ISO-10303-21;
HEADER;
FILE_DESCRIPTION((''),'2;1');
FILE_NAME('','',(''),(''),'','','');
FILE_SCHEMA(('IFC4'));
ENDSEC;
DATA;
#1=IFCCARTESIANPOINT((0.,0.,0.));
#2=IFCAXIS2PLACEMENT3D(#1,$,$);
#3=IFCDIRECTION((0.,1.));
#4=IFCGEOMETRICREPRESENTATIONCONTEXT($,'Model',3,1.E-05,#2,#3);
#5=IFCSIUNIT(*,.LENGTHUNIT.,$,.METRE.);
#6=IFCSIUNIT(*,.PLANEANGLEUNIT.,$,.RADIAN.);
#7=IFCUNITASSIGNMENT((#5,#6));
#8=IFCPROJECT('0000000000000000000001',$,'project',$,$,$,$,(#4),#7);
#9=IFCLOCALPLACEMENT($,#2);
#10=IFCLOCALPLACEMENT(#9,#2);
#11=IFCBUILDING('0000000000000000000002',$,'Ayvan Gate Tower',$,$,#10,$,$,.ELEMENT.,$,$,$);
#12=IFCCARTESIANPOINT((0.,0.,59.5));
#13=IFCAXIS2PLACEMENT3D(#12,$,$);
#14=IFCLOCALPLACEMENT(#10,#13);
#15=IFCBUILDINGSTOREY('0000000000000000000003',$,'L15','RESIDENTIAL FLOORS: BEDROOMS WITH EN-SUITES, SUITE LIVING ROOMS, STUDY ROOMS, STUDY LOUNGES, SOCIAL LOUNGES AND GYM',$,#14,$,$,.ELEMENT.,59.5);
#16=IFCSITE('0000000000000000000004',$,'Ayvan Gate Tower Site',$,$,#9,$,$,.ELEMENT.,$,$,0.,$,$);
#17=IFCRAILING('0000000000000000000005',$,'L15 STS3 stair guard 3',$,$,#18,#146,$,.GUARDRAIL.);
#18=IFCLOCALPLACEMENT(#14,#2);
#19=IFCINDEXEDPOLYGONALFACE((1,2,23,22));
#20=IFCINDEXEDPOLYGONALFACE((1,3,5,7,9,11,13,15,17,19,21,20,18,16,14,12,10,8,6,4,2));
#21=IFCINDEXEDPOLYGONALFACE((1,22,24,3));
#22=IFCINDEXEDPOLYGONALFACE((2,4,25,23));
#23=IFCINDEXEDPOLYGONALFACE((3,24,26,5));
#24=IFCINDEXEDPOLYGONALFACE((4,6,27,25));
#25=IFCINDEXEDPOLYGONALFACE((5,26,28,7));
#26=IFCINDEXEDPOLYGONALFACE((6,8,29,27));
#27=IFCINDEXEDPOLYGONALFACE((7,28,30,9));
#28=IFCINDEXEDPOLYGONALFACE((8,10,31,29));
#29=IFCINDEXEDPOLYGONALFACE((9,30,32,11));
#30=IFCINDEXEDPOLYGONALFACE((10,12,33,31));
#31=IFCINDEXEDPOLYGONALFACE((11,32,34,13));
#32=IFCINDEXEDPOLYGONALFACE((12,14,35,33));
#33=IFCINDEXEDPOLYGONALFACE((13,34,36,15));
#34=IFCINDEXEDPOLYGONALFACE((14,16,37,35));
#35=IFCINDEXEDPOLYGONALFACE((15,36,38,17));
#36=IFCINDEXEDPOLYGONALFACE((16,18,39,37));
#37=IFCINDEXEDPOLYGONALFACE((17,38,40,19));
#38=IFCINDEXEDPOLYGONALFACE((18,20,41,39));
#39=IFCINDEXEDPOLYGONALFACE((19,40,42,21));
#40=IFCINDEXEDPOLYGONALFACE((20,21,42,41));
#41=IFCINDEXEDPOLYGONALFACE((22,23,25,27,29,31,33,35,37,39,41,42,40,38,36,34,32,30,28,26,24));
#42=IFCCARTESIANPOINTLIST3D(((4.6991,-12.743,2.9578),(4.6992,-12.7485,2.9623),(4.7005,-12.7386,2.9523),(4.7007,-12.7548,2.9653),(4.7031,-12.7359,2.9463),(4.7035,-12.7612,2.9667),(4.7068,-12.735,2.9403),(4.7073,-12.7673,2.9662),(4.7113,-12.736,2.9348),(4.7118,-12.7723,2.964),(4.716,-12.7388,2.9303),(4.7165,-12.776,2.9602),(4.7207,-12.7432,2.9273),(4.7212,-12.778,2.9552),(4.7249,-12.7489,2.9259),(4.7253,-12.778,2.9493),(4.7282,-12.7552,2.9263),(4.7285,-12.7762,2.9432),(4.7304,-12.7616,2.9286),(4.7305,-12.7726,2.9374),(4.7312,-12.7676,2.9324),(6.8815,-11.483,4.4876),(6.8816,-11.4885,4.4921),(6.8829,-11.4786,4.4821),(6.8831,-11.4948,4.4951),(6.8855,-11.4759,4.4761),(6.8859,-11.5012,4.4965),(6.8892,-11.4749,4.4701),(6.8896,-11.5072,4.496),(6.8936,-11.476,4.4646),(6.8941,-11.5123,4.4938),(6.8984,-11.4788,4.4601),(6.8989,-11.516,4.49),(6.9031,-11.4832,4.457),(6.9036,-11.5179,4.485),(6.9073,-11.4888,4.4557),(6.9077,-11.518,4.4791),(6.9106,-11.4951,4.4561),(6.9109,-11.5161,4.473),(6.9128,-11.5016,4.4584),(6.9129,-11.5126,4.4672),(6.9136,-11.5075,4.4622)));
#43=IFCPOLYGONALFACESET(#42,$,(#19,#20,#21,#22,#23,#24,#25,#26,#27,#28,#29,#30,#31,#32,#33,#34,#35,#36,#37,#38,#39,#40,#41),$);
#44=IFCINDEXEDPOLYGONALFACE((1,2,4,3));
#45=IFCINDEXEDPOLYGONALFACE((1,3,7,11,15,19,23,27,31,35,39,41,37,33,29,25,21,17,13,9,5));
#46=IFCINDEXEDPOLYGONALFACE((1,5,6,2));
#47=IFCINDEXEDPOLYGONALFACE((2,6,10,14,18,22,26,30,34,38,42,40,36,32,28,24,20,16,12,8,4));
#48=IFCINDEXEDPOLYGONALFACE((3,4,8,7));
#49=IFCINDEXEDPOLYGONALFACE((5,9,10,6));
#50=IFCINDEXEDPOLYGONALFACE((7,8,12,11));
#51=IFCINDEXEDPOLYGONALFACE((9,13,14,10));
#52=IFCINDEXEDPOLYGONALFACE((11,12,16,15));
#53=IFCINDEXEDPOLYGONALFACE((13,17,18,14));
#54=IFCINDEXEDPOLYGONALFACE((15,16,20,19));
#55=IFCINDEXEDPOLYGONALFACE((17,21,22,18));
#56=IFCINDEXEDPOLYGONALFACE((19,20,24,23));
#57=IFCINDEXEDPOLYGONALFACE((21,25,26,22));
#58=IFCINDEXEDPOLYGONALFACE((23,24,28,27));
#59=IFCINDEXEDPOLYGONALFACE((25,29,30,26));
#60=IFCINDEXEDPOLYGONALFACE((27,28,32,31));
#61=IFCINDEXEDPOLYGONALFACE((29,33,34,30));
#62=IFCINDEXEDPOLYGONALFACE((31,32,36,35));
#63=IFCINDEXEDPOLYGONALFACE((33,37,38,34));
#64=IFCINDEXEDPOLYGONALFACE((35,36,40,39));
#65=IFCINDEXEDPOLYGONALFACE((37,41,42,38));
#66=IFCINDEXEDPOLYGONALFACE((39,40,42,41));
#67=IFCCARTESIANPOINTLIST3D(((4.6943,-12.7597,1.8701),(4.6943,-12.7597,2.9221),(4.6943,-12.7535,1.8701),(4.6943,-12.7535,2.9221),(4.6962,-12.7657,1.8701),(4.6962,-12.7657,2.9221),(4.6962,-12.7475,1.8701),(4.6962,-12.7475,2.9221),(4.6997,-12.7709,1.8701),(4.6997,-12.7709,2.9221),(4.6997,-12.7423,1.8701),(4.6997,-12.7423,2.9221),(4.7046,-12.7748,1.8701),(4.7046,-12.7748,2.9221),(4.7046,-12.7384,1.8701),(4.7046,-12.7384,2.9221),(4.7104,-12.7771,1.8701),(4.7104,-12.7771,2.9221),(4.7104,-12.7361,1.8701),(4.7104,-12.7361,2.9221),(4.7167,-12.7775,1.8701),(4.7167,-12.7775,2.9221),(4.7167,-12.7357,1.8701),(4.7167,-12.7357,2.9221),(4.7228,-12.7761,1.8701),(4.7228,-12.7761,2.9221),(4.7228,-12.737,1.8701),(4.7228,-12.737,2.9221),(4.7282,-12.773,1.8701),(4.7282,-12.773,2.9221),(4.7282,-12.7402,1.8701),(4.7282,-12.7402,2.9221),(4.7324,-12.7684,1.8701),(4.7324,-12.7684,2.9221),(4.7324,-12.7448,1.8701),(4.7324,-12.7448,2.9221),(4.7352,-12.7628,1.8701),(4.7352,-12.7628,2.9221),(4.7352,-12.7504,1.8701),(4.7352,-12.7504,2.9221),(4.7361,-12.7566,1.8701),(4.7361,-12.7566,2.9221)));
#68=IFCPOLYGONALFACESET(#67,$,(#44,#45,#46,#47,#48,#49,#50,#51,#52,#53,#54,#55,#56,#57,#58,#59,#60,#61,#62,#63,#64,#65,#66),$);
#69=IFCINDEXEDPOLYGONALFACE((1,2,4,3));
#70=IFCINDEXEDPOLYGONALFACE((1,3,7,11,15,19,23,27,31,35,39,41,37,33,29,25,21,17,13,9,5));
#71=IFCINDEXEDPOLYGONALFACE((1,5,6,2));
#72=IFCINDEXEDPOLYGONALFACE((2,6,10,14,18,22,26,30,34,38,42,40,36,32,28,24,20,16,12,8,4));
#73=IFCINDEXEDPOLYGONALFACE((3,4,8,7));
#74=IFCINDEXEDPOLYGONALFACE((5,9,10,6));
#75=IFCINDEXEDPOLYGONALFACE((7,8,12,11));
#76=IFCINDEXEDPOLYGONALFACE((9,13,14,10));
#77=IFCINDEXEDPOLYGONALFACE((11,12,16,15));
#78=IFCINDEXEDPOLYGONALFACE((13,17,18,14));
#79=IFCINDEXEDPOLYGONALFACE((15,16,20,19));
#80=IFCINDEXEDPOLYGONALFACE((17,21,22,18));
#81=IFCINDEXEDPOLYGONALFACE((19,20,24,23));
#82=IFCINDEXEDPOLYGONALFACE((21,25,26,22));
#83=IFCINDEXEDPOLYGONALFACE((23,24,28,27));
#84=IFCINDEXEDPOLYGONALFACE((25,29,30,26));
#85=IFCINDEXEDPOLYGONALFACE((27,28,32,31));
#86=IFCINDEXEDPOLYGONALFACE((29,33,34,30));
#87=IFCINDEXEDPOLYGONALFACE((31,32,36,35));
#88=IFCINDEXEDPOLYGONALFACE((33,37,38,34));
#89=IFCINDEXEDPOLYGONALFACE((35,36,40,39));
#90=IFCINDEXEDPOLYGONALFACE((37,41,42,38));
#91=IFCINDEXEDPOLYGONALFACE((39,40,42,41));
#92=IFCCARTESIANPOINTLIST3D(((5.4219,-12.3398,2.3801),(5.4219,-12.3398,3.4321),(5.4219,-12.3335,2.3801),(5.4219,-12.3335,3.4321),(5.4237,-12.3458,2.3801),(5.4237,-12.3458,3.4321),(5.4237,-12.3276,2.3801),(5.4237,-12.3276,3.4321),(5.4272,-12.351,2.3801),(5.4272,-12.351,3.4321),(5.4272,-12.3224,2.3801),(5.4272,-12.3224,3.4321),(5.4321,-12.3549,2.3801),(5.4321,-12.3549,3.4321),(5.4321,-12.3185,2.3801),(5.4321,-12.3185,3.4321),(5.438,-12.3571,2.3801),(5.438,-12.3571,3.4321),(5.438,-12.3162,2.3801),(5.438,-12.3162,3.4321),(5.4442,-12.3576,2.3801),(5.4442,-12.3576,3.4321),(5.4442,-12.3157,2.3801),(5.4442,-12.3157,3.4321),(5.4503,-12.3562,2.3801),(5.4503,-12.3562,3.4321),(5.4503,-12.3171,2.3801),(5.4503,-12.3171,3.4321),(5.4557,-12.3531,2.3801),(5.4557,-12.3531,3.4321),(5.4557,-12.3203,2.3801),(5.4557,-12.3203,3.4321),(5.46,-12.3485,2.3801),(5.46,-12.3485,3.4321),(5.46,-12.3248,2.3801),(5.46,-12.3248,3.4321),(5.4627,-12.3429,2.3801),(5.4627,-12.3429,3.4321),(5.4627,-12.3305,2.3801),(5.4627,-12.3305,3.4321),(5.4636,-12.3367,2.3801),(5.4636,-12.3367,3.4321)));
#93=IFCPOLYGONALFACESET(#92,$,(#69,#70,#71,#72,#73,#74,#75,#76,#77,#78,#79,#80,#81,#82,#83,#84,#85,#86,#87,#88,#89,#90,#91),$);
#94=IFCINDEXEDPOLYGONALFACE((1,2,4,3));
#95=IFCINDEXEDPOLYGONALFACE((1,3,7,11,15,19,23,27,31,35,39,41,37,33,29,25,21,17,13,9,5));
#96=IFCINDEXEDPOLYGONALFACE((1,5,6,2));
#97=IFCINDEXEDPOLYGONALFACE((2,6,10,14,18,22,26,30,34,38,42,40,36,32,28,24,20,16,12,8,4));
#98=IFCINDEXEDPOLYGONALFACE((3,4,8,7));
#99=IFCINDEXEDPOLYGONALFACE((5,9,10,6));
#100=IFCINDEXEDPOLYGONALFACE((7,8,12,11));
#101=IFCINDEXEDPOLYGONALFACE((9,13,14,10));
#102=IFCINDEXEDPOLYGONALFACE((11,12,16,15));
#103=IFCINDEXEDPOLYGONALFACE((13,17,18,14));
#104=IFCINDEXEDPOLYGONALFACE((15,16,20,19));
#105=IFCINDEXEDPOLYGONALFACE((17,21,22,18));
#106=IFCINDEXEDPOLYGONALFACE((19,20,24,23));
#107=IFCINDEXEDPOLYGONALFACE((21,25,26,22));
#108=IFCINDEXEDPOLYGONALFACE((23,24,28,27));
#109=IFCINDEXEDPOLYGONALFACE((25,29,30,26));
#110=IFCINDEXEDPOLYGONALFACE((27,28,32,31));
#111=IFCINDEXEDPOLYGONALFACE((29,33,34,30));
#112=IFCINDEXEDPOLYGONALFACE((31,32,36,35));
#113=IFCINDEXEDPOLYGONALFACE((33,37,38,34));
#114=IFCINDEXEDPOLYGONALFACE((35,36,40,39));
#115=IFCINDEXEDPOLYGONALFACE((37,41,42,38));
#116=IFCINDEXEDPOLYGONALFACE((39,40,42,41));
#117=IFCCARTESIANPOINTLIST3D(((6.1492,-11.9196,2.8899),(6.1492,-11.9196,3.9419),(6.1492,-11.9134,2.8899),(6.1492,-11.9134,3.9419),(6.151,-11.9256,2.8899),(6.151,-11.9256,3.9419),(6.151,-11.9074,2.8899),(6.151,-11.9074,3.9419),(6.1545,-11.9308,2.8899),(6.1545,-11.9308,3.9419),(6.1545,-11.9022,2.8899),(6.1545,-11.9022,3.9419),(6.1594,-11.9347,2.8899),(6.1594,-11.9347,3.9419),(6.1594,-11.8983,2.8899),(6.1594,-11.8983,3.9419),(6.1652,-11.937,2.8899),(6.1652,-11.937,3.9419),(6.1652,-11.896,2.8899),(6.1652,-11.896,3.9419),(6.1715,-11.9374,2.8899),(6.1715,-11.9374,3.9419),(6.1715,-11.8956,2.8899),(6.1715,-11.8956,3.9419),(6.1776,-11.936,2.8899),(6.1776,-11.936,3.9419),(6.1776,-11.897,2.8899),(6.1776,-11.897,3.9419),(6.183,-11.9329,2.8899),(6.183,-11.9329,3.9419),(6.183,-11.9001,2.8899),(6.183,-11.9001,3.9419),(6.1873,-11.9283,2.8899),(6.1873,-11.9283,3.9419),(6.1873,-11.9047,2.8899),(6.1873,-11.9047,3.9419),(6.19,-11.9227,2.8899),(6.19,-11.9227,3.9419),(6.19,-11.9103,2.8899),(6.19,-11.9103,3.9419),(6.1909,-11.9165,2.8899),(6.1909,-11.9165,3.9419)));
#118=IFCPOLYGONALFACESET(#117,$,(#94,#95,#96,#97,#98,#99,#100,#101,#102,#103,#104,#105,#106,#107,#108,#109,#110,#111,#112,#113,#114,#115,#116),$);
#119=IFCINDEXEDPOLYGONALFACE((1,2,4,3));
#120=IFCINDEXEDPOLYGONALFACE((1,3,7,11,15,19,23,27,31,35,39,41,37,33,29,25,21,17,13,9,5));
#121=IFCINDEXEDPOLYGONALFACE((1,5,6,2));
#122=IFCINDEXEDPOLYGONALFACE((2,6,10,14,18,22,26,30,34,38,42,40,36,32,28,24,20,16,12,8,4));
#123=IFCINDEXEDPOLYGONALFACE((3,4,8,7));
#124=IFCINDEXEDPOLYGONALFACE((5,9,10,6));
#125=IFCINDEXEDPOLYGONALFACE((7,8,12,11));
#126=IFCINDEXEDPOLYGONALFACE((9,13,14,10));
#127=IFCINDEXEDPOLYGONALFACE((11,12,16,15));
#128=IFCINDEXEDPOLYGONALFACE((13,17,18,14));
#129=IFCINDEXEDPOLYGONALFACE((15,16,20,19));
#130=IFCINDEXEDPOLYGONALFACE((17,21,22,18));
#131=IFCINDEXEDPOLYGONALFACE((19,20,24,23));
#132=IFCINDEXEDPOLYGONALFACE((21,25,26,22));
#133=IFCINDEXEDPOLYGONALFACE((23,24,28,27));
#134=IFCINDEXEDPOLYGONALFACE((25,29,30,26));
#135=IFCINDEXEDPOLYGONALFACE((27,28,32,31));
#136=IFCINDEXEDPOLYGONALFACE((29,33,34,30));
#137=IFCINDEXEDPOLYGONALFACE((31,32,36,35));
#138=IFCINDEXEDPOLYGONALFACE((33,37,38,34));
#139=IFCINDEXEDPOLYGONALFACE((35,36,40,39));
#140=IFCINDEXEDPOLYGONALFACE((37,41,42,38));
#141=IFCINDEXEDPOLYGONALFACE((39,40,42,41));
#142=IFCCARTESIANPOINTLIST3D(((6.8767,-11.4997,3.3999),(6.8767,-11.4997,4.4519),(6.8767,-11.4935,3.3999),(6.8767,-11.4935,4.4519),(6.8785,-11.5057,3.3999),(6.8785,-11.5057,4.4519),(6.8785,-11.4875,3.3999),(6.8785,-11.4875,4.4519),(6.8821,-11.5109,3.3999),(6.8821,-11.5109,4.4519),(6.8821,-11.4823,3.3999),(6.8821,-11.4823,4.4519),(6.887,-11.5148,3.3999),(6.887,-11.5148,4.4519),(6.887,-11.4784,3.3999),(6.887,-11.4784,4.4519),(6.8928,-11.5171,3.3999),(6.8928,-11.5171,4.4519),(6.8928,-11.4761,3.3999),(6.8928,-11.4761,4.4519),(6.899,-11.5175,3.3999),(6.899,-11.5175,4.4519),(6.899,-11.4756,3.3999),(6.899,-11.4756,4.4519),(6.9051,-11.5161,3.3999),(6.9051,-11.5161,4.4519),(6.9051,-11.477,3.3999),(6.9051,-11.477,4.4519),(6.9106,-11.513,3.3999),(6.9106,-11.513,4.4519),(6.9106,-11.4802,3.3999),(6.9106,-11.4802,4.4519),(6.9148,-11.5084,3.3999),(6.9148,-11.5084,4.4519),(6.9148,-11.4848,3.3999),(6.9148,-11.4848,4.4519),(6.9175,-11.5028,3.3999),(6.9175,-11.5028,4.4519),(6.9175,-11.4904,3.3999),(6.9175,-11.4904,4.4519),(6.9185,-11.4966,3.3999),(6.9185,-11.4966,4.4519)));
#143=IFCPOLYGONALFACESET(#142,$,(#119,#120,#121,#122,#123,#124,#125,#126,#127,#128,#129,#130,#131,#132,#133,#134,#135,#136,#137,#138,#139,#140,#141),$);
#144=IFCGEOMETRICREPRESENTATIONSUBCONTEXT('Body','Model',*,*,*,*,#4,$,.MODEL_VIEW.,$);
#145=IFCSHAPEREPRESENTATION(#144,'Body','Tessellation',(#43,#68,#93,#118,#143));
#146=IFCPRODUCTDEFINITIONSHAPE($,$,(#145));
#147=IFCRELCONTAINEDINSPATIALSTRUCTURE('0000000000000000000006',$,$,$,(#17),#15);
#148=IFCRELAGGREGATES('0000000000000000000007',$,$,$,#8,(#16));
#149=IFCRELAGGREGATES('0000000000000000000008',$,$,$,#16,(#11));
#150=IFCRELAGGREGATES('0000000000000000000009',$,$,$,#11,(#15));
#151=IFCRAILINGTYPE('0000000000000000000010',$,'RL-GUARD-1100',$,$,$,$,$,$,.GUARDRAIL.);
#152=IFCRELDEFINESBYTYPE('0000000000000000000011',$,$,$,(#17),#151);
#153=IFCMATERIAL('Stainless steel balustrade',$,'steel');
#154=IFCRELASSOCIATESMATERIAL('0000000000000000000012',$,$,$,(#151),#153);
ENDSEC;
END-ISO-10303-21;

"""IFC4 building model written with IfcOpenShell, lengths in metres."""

from ifc_helpers import new_model, si_unit, direction, frame, origin, origin_2d, place, context, subcontext, project, spatial, circle, extrude, material, type_object, element, save


model = new_model("IFC4")

# Units and contexts
model_context = context("Model", 3, precision=1e-05, world=origin(), true_north=direction((0.0, 1.0)))
body_context = subcontext(model_context, "Body", "Model", "MODEL_VIEW")
ifc_project = project(units=[si_unit("LENGTHUNIT", "METRE"), si_unit("PLANEANGLEUNIT", "RADIAN")], contexts=[model_context])

# Site, building, storey
site_placement = place(None, origin())
site = spatial("IfcSite", under=ifc_project, at=site_placement, Name="Ayvan Gate Tower Site", CompositionType="ELEMENT", RefElevation=0.0)
building_placement = place(site_placement, origin())
building = spatial("IfcBuilding", under=site, at=building_placement, Name="Ayvan Gate Tower", CompositionType="ELEMENT")
storey_placement = place(building_placement, frame((0.0, 0.0, 59.5)))
storey = spatial("IfcBuildingStorey", under=building, at=storey_placement, Name="L15", Description="RESIDENTIAL FLOORS: BEDROOMS WITH EN-SUITES, SUITE LIVING ROOMS, STUDY ROOMS, STUDY LOUNGES, SOCIAL LOUNGES AND GYM", CompositionType="ELEMENT", Elevation=59.5)

# Railing
ifc_material_1 = material(Name="Stainless steel balustrade", Category="steel")
railing_type_1 = type_object("IfcRailingType", Name="RL-GUARD-1100", PredefinedType="GUARDRAIL", material=ifc_material_1)
railing_1_placement = place(storey_placement, frame((4.7151, -12.7566, 1.8701)))
element("IfcRailing", 1, at=railing_1_placement, inside=storey, type_object=railing_type_1, Name="L15 STS3 stair guard 3", PredefinedType="GUARDRAIL", context=body_context, shape_type="SweptSolid", body=[
    extrude(circle(Radius=0.0239, at=origin_2d()), frame((0.0, 0.0, 1.0762), z_axis=(0.740293, 0.427414, 0.518926), x_axis=(-0.500005, 0.866023, 0.0)), (0.0, 0.0, 1.0), 2.948),
    extrude(circle(Radius=0.021, at=origin_2d()), origin(), (0.0, 0.0, 1.0), 1.052),
    extrude(circle(Radius=0.021, at=origin_2d()), frame((0.7275, 0.4199, 0.51)), (0.0, 0.0, 1.0), 1.052),
    extrude(circle(Radius=0.021, at=origin_2d()), frame((1.4548, 0.8401, 1.0198)), (0.0, 0.0, 1.0), 1.052),
    extrude(circle(Radius=0.021, at=origin_2d()), frame((2.1824, 1.26, 1.5298)), (0.0, 0.0, 1.0), 1.052),
])

save(model, "model.ifc")
